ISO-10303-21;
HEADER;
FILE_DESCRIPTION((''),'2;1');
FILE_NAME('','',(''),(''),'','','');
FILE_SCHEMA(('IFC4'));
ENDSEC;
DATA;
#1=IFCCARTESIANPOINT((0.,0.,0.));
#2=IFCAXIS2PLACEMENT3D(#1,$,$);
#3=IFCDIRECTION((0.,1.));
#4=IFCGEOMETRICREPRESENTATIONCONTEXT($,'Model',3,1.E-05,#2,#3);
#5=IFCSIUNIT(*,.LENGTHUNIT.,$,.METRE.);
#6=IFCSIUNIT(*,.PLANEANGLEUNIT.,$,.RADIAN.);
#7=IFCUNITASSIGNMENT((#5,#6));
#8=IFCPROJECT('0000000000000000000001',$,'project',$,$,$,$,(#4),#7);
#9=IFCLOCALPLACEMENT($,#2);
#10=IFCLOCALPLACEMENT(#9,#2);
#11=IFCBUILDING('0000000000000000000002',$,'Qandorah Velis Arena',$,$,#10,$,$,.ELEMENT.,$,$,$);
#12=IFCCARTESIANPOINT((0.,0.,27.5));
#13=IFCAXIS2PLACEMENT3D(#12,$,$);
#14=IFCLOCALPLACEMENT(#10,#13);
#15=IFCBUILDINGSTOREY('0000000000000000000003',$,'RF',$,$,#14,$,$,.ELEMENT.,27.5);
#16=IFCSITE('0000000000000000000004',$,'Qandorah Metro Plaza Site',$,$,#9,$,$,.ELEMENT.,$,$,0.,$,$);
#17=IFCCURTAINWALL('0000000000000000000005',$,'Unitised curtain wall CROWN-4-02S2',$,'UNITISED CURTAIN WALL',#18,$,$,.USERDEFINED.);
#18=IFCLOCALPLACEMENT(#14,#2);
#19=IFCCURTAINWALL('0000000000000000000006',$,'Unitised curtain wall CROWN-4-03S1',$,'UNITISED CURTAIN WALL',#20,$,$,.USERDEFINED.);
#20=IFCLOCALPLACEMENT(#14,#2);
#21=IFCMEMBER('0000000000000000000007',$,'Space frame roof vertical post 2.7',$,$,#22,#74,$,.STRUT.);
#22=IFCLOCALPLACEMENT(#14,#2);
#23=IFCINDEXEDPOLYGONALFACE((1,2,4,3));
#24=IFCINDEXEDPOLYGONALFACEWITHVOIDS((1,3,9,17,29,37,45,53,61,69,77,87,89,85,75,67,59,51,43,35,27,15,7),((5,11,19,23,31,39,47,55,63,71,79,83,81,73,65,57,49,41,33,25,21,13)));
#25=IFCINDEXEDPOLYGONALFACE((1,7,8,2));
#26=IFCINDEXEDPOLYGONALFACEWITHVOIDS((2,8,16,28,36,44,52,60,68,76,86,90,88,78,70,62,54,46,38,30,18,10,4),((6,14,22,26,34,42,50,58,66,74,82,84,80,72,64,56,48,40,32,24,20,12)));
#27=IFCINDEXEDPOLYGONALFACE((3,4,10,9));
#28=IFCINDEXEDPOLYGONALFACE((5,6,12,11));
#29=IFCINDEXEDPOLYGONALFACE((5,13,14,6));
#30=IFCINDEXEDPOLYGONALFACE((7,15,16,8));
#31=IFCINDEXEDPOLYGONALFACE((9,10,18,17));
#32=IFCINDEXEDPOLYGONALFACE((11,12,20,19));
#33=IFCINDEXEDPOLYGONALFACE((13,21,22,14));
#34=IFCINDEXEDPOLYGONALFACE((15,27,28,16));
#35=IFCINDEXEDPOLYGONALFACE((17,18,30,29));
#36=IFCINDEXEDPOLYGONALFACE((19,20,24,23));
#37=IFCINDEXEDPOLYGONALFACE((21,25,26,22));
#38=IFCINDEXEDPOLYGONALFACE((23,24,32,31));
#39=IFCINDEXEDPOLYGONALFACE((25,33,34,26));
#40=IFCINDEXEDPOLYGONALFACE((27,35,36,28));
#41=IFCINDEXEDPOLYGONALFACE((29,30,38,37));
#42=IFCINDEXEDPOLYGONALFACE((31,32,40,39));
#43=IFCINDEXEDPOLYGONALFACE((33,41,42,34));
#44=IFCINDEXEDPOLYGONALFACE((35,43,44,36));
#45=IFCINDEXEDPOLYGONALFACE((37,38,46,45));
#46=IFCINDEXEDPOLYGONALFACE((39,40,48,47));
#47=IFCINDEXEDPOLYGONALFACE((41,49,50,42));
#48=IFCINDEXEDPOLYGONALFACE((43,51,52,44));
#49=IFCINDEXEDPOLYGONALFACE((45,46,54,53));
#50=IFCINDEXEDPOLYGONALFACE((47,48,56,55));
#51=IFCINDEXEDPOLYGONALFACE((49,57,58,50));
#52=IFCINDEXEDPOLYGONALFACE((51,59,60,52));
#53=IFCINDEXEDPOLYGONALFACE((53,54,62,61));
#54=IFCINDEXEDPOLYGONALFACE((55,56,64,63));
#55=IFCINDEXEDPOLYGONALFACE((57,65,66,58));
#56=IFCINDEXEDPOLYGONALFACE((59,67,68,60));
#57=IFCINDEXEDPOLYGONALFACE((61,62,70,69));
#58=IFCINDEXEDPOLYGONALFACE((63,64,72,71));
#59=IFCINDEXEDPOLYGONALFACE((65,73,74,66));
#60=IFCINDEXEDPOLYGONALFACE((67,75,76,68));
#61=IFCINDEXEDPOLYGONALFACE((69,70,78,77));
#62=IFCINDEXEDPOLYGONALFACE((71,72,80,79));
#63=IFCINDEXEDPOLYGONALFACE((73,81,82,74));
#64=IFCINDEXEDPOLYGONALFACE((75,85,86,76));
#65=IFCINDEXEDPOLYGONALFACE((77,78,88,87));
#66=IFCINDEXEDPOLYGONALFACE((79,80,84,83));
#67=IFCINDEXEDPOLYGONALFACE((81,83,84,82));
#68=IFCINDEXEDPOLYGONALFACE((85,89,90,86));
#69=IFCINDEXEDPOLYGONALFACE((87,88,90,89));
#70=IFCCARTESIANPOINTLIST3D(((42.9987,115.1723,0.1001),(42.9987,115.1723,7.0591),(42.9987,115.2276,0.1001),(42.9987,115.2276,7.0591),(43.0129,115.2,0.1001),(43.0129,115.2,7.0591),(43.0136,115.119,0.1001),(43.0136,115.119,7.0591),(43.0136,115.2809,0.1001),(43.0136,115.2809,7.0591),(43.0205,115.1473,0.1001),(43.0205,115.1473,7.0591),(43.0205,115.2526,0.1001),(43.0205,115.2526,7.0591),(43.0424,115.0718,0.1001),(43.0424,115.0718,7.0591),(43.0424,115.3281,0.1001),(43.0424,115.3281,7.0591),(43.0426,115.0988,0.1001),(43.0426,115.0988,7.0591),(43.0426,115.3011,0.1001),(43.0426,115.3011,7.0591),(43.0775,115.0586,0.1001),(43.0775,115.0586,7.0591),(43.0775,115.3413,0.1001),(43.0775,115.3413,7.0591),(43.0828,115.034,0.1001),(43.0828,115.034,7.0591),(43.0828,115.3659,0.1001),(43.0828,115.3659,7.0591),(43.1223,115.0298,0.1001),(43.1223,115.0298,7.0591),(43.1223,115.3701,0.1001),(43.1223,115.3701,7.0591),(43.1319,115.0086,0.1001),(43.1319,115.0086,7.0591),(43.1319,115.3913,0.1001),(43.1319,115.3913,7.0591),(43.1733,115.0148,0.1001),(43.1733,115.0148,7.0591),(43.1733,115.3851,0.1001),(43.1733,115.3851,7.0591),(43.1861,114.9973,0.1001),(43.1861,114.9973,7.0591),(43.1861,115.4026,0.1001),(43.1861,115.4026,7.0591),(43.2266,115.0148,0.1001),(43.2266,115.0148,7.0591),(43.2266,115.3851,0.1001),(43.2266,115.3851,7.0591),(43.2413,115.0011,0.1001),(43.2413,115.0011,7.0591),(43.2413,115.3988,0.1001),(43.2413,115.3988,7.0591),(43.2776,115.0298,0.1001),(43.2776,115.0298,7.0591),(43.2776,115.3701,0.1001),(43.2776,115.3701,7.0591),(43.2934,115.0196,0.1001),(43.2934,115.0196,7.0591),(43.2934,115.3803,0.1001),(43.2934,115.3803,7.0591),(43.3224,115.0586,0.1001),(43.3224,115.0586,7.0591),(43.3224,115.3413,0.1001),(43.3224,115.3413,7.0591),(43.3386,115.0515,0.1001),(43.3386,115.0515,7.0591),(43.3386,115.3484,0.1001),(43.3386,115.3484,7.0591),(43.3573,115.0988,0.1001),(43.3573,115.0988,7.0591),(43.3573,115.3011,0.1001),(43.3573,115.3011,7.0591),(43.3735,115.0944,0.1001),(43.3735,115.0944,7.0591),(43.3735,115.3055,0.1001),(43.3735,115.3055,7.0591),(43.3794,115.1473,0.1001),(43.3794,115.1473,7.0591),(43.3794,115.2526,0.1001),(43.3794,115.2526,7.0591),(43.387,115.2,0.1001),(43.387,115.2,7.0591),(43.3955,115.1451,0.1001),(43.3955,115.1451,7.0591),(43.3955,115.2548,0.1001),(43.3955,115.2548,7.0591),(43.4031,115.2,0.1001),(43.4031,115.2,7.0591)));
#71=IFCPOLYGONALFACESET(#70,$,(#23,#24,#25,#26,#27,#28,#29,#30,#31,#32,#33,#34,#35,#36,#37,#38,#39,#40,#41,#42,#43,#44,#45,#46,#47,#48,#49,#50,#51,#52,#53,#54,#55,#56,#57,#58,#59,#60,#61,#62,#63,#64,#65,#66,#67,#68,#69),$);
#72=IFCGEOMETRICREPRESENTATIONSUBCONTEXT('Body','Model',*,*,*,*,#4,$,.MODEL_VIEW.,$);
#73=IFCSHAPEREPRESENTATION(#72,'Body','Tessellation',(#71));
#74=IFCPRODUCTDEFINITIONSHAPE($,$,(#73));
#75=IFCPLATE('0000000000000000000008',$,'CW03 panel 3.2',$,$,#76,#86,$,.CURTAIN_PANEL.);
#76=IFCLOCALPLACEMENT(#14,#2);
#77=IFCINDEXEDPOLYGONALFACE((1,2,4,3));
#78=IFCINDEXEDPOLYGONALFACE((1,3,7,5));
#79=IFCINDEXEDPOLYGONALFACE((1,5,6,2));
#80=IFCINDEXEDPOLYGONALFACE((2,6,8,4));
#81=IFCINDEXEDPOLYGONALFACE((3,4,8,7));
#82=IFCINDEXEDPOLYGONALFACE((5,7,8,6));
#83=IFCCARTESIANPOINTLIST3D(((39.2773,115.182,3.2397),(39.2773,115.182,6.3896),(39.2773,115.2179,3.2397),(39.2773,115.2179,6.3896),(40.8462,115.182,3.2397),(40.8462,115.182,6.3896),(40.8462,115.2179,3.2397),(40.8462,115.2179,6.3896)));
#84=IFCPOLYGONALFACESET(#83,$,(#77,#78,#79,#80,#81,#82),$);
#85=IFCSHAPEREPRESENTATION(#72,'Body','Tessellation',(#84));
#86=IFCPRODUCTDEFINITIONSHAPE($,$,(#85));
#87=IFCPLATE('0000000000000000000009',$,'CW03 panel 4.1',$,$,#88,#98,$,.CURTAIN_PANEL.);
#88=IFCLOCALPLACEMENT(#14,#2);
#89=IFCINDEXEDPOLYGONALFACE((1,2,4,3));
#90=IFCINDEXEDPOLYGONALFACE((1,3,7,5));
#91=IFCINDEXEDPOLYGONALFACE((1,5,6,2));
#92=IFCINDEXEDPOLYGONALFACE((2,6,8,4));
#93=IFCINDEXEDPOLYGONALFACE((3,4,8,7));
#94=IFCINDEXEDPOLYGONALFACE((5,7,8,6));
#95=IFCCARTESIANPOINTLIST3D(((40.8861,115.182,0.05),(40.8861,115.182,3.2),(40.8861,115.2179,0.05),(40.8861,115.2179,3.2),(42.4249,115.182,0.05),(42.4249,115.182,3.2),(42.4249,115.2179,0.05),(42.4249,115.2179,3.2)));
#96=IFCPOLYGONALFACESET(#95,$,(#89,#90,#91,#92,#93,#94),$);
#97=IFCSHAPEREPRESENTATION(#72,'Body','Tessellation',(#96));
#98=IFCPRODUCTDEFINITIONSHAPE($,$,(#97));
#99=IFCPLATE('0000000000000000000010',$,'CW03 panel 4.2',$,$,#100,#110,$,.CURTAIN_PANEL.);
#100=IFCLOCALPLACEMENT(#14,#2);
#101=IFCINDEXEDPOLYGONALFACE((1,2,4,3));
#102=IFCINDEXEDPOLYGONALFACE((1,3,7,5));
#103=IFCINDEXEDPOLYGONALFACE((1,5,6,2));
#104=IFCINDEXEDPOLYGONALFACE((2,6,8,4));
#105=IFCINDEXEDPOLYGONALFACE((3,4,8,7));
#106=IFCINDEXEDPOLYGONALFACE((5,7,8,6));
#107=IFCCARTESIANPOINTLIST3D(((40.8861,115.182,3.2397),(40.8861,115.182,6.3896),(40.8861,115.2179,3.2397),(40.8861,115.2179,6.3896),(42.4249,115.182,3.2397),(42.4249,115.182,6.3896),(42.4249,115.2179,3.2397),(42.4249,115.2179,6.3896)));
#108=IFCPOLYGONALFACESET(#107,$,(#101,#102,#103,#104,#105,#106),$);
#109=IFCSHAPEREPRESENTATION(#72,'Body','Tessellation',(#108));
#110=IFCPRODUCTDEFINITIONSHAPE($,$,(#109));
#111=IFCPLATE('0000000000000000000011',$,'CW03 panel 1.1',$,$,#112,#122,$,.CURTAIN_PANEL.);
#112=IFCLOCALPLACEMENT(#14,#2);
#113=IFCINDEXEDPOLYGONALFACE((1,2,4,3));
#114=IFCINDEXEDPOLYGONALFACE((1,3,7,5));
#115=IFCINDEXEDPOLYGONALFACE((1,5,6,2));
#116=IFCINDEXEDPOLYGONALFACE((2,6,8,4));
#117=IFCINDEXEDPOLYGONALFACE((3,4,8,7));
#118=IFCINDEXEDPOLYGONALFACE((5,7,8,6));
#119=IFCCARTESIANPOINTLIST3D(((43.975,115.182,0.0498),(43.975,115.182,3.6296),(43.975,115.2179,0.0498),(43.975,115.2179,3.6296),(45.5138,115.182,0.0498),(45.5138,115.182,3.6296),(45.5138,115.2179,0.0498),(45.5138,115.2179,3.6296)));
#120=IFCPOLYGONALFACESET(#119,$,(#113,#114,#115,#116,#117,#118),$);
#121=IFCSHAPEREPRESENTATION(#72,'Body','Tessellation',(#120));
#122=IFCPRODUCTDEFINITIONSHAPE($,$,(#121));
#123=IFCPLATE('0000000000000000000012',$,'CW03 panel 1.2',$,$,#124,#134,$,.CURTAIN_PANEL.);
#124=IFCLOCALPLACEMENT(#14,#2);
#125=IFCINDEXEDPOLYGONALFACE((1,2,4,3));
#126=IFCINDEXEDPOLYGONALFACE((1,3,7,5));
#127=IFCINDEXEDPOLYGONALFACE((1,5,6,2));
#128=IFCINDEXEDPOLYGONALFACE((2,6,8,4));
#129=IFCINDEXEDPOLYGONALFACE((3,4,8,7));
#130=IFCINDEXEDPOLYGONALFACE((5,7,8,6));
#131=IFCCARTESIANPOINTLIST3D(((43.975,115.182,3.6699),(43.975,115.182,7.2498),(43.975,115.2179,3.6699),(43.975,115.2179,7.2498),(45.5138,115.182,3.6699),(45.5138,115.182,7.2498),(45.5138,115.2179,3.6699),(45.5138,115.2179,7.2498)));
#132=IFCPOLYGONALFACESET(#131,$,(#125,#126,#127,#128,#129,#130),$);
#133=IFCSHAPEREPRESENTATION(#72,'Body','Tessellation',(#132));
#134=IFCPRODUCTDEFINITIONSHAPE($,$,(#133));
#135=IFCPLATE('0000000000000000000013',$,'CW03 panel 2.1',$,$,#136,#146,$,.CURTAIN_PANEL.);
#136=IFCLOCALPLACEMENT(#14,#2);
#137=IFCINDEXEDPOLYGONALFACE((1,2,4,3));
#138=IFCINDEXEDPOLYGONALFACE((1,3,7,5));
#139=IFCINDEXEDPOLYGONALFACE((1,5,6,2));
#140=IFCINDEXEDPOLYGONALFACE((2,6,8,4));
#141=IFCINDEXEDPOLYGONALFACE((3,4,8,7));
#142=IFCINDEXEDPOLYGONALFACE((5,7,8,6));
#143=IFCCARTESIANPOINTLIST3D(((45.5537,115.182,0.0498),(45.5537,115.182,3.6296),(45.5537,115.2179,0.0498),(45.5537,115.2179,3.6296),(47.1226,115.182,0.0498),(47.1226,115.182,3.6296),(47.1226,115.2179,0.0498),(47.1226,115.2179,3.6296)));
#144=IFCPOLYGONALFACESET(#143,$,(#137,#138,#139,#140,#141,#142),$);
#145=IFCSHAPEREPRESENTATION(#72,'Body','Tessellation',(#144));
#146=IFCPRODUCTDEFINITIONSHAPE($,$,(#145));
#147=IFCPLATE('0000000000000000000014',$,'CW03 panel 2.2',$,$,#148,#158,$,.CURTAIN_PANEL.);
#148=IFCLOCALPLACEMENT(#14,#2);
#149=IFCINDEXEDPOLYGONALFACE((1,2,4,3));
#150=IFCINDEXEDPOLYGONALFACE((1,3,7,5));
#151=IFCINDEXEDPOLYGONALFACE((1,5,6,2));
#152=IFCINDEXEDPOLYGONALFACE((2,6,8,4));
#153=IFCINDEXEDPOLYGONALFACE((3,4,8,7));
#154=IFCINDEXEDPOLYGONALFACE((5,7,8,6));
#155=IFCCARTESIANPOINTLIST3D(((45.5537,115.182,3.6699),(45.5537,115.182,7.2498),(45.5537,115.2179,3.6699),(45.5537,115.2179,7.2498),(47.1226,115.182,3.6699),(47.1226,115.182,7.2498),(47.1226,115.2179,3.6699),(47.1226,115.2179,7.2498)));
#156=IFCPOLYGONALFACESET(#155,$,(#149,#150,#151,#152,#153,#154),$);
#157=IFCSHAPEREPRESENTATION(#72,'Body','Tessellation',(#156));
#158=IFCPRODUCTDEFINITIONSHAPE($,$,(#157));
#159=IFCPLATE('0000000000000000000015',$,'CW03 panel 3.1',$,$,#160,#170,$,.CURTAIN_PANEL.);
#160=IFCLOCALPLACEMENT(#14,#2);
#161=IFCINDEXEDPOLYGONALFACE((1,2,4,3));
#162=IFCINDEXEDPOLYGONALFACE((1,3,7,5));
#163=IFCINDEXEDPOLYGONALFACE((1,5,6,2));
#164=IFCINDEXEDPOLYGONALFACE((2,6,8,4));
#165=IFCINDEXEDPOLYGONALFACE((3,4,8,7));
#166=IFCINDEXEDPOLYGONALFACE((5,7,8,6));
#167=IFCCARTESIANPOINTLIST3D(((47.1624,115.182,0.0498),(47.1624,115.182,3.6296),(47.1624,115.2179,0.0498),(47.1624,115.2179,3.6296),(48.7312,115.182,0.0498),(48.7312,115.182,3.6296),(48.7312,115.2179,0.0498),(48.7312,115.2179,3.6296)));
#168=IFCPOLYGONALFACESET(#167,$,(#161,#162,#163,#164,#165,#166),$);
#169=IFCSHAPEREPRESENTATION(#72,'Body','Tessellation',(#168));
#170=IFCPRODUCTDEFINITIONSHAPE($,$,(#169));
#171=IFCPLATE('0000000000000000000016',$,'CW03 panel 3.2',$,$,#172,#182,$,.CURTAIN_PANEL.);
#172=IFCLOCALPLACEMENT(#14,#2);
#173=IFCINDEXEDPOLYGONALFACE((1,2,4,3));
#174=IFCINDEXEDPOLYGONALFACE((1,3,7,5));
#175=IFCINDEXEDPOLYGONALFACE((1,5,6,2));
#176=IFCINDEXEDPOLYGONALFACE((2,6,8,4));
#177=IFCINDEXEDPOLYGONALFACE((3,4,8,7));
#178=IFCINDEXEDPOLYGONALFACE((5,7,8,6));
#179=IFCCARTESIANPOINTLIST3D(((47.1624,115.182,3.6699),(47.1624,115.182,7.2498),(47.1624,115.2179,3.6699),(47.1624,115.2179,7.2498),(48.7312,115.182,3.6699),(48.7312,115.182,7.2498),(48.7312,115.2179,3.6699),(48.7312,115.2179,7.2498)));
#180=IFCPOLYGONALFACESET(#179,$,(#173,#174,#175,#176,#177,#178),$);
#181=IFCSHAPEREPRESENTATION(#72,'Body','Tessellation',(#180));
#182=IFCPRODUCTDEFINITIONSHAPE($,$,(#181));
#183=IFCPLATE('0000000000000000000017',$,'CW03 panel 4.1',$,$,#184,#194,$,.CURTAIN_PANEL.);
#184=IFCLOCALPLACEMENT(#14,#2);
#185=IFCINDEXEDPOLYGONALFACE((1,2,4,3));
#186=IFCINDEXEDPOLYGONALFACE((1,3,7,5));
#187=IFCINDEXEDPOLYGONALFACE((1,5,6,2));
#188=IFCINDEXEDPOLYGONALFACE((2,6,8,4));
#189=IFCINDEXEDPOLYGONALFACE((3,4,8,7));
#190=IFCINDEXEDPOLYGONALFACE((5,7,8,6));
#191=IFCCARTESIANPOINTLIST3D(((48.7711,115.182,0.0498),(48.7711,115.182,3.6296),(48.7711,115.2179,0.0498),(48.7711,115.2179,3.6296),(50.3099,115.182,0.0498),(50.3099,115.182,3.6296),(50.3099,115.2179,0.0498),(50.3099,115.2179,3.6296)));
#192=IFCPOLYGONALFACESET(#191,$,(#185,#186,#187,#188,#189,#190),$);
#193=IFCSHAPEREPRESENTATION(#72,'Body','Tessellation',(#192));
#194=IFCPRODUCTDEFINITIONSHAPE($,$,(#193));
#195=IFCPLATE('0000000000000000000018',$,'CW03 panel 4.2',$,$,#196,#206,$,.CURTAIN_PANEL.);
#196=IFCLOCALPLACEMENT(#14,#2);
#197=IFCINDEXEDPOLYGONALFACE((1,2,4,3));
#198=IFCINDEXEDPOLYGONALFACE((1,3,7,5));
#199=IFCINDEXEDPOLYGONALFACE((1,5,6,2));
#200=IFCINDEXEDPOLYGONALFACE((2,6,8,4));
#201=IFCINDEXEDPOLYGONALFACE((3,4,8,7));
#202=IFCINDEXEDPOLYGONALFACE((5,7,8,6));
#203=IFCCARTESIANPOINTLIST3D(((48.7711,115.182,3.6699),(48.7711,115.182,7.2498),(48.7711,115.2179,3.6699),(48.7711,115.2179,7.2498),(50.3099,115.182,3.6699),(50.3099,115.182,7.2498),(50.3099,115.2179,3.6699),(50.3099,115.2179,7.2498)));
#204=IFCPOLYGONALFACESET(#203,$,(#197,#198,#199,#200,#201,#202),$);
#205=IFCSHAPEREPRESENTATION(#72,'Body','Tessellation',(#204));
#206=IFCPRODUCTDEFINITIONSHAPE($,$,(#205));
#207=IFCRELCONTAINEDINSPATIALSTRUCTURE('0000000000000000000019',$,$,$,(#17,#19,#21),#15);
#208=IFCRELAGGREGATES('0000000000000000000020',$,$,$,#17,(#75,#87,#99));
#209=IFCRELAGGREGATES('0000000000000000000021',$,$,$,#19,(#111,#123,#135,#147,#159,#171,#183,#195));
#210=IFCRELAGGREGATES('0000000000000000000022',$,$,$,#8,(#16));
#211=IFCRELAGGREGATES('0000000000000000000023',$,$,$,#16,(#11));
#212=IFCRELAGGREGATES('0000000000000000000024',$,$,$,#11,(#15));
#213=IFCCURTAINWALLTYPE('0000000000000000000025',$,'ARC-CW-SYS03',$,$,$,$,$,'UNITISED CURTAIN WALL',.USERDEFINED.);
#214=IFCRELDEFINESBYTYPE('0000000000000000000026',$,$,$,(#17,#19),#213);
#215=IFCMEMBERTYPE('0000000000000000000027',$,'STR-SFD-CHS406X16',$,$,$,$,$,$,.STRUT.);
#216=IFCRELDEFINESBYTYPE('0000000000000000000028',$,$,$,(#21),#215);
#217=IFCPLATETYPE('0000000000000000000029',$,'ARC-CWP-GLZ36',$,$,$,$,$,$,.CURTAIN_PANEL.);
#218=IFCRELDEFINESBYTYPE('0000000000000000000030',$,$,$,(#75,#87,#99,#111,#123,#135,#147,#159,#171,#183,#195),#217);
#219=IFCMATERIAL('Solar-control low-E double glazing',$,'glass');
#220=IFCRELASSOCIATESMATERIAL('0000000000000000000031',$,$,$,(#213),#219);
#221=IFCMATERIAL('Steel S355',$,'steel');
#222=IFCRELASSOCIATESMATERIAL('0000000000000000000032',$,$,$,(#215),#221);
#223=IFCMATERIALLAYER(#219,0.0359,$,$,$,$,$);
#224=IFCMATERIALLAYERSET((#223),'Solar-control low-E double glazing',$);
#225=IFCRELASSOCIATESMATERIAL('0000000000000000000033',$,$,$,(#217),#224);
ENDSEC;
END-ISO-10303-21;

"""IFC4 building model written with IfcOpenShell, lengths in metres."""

from ifc_helpers import new_model, si_unit, direction, frame, origin, origin_2d, place, context, subcontext, project, spatial, rectangle, hollow_circle, extrude, material, layer, layer_set, material_profile, profile_set, type_object, element, aggregate, save


model = new_model("IFC4")

# Units and contexts
model_context = context("Model", 3, precision=1e-05, world=origin(), true_north=direction((0.0, 1.0)))
body_context = subcontext(model_context, "Body", "Model", "MODEL_VIEW")
ifc_project = project(units=[si_unit("LENGTHUNIT", "METRE"), si_unit("PLANEANGLEUNIT", "RADIAN")], contexts=[model_context])

# Site, building, storey
site_placement = place(None, origin())
site = spatial("IfcSite", under=ifc_project, at=site_placement, Name="Qandorah Metro Plaza Site", CompositionType="ELEMENT", RefElevation=0.0)
building_placement = place(site_placement, origin())
building = spatial("IfcBuilding", under=site, at=building_placement, Name="Qandorah Velis Arena", CompositionType="ELEMENT")
storey_placement = place(building_placement, frame((0.0, 0.0, 27.5)))
storey = spatial("IfcBuildingStorey", under=building, at=storey_placement, Name="RF", CompositionType="ELEMENT", Elevation=27.5)

# Curtain walls
ifc_material_1 = material(Name="Solar-control low-E double glazing", Category="glass")
curtain_wall_type_1 = type_object("IfcCurtainWallType", Name="ARC-CW-SYS03", ElementType="UNITISED CURTAIN WALL", PredefinedType="USERDEFINED", material=ifc_material_1)
curtain_wall_1_placement = place(storey_placement, origin())
curtain_wall_1 = element("IfcCurtainWall", 1, at=curtain_wall_1_placement, inside=storey, type_object=curtain_wall_type_1, Name="Unitised curtain wall CROWN-4-02S2", ObjectType="UNITISED CURTAIN WALL", PredefinedType="USERDEFINED")
curtain_wall_2_placement = place(storey_placement, origin())
curtain_wall_2 = element("IfcCurtainWall", 2, at=curtain_wall_2_placement, inside=storey, type_object=curtain_wall_type_1, Name="Unitised curtain wall CROWN-4-03S1", ObjectType="UNITISED CURTAIN WALL", PredefinedType="USERDEFINED")

# Shared definitions
ifc_material_2 = material(Name="Steel S355", Category="steel")

# Member
ifc_material_profile_1 = material_profile(ifc_material_2, hollow_circle(Radius=0.2031, WallThickness=0.0161, at=origin_2d()), Name="CHS 406.4x16")
ifc_profile_set_1 = profile_set([ifc_material_profile_1], Name="Steel S355")
member_type_1 = type_object("IfcMemberType", Name="STR-SFD-CHS406X16", PredefinedType="STRUT", material=ifc_profile_set_1)
member_1_placement = place(storey_placement, frame((43.2, 115.2, 0.1001), z_axis=(0.0, 0.0, 1.0), x_axis=(1.0, 0.0, 0.0)))
element("IfcMember", 3, at=member_1_placement, inside=storey, type_object=member_type_1, Name="Space frame roof vertical post 2.7", PredefinedType="STRUT", context=body_context, shape_type="SweptSolid", body=[
    extrude(hollow_circle(Radius=0.2031, WallThickness=0.0161, at=origin_2d()), origin(), (0.0, 0.0, 1.0), 6.959),
])

# Plates
ifc_layer = layer(ifc_material_1, 0.0359)
ifc_layer_set = layer_set([ifc_layer], Name="Solar-control low-E double glazing")
plate_type = type_object("IfcPlateType", Name="ARC-CWP-GLZ36", PredefinedType="CURTAIN_PANEL", material=ifc_layer_set)
plate_1_placement = place(storey_placement, frame((40.0618, 115.2, 3.2397), z_axis=(0.0, 0.0, 1.0), x_axis=(1.0, 0.0, 0.0)))
plate_1 = element("IfcPlate", 4, at=plate_1_placement, type_object=plate_type, Name="CW03 panel 3.2", PredefinedType="CURTAIN_PANEL", context=body_context, shape_type="SweptSolid", body=[
    extrude(rectangle(XDim=1.5688, YDim=0.0359, at=origin_2d()), origin(), (0.0, 0.0, 1.0), 3.1499),
])
plate_2_placement = place(storey_placement, frame((41.6555, 115.2, 0.05), z_axis=(0.0, 0.0, 1.0), x_axis=(1.0, 0.0, 0.0)))
plate_2 = element("IfcPlate", 5, at=plate_2_placement, type_object=plate_type, Name="CW03 panel 4.1", PredefinedType="CURTAIN_PANEL", context=body_context, shape_type="SweptSolid", body=[
    extrude(rectangle(XDim=1.5388, YDim=0.0359, at=origin_2d()), origin(), (0.0, 0.0, 1.0), 3.1499),
])
plate_3_placement = place(storey_placement, frame((41.6555, 115.2, 3.2397), z_axis=(0.0, 0.0, 1.0), x_axis=(1.0, 0.0, 0.0)))
plate_3 = element("IfcPlate", 6, at=plate_3_placement, type_object=plate_type, Name="CW03 panel 4.2", PredefinedType="CURTAIN_PANEL", context=body_context, shape_type="SweptSolid", body=[
    extrude(rectangle(XDim=1.5388, YDim=0.0359, at=origin_2d()), origin(), (0.0, 0.0, 1.0), 3.1499),
])
aggregate(curtain_wall_1, [plate_1, plate_2, plate_3])
plate_4_placement = place(storey_placement, frame((44.7444, 115.2, 0.0498), z_axis=(0.0, 0.0, 1.0), x_axis=(1.0, 0.0, 0.0)))
plate_4 = element("IfcPlate", 7, at=plate_4_placement, type_object=plate_type, Name="CW03 panel 1.1", PredefinedType="CURTAIN_PANEL", context=body_context, shape_type="SweptSolid", body=[
    extrude(rectangle(XDim=1.5388, YDim=0.0359, at=origin_2d()), origin(), (0.0, 0.0, 1.0), 3.5798),
])
plate_5_placement = place(storey_placement, frame((44.7444, 115.2, 3.6699), z_axis=(0.0, 0.0, 1.0), x_axis=(1.0, 0.0, 0.0)))
plate_5 = element("IfcPlate", 8, at=plate_5_placement, type_object=plate_type, Name="CW03 panel 1.2", PredefinedType="CURTAIN_PANEL", context=body_context, shape_type="SweptSolid", body=[
    extrude(rectangle(XDim=1.5388, YDim=0.0359, at=origin_2d()), origin(), (0.0, 0.0, 1.0), 3.5798),
])
plate_6_placement = place(storey_placement, frame((46.3381, 115.2, 0.0498), z_axis=(0.0, 0.0, 1.0), x_axis=(1.0, 0.0, 0.0)))
plate_6 = element("IfcPlate", 9, at=plate_6_placement, type_object=plate_type, Name="CW03 panel 2.1", PredefinedType="CURTAIN_PANEL", context=body_context, shape_type="SweptSolid", body=[
    extrude(rectangle(XDim=1.5688, YDim=0.0359, at=origin_2d()), origin(), (0.0, 0.0, 1.0), 3.5798),
])
plate_7_placement = place(storey_placement, frame((46.3381, 115.2, 3.6699), z_axis=(0.0, 0.0, 1.0), x_axis=(1.0, 0.0, 0.0)))
plate_7 = element("IfcPlate", 10, at=plate_7_placement, type_object=plate_type, Name="CW03 panel 2.2", PredefinedType="CURTAIN_PANEL", context=body_context, shape_type="SweptSolid", body=[
    extrude(rectangle(XDim=1.5688, YDim=0.0359, at=origin_2d()), origin(), (0.0, 0.0, 1.0), 3.5798),
])
plate_8_placement = place(storey_placement, frame((47.9468, 115.2, 0.0498), z_axis=(0.0, 0.0, 1.0), x_axis=(1.0, 0.0, 0.0)))
plate_8 = element("IfcPlate", 11, at=plate_8_placement, type_object=plate_type, Name="CW03 panel 3.1", PredefinedType="CURTAIN_PANEL", context=body_context, shape_type="SweptSolid", body=[
    extrude(rectangle(XDim=1.5688, YDim=0.0359, at=origin_2d()), origin(), (0.0, 0.0, 1.0), 3.5798),
])
plate_9_placement = place(storey_placement, frame((47.9468, 115.2, 3.6699), z_axis=(0.0, 0.0, 1.0), x_axis=(1.0, 0.0, 0.0)))
plate_9 = element("IfcPlate", 12, at=plate_9_placement, type_object=plate_type, Name="CW03 panel 3.2", PredefinedType="CURTAIN_PANEL", context=body_context, shape_type="SweptSolid", body=[
    extrude(rectangle(XDim=1.5688, YDim=0.0359, at=origin_2d()), origin(), (0.0, 0.0, 1.0), 3.5798),
])
plate_10_placement = place(storey_placement, frame((49.5405, 115.2, 0.0498), z_axis=(0.0, 0.0, 1.0), x_axis=(1.0, 0.0, 0.0)))
plate_10 = element("IfcPlate", 13, at=plate_10_placement, type_object=plate_type, Name="CW03 panel 4.1", PredefinedType="CURTAIN_PANEL", context=body_context, shape_type="SweptSolid", body=[
    extrude(rectangle(XDim=1.5388, YDim=0.0359, at=origin_2d()), origin(), (0.0, 0.0, 1.0), 3.5798),
])
plate_11_placement = place(storey_placement, frame((49.5405, 115.2, 3.6699), z_axis=(0.0, 0.0, 1.0), x_axis=(1.0, 0.0, 0.0)))
plate_11 = element("IfcPlate", 14, at=plate_11_placement, type_object=plate_type, Name="CW03 panel 4.2", PredefinedType="CURTAIN_PANEL", context=body_context, shape_type="SweptSolid", body=[
    extrude(rectangle(XDim=1.5388, YDim=0.0359, at=origin_2d()), origin(), (0.0, 0.0, 1.0), 3.5798),
])
aggregate(curtain_wall_2, [plate_4, plate_5, plate_6, plate_7, plate_8, plate_9, plate_10, plate_11])

save(model, "model.ifc")
